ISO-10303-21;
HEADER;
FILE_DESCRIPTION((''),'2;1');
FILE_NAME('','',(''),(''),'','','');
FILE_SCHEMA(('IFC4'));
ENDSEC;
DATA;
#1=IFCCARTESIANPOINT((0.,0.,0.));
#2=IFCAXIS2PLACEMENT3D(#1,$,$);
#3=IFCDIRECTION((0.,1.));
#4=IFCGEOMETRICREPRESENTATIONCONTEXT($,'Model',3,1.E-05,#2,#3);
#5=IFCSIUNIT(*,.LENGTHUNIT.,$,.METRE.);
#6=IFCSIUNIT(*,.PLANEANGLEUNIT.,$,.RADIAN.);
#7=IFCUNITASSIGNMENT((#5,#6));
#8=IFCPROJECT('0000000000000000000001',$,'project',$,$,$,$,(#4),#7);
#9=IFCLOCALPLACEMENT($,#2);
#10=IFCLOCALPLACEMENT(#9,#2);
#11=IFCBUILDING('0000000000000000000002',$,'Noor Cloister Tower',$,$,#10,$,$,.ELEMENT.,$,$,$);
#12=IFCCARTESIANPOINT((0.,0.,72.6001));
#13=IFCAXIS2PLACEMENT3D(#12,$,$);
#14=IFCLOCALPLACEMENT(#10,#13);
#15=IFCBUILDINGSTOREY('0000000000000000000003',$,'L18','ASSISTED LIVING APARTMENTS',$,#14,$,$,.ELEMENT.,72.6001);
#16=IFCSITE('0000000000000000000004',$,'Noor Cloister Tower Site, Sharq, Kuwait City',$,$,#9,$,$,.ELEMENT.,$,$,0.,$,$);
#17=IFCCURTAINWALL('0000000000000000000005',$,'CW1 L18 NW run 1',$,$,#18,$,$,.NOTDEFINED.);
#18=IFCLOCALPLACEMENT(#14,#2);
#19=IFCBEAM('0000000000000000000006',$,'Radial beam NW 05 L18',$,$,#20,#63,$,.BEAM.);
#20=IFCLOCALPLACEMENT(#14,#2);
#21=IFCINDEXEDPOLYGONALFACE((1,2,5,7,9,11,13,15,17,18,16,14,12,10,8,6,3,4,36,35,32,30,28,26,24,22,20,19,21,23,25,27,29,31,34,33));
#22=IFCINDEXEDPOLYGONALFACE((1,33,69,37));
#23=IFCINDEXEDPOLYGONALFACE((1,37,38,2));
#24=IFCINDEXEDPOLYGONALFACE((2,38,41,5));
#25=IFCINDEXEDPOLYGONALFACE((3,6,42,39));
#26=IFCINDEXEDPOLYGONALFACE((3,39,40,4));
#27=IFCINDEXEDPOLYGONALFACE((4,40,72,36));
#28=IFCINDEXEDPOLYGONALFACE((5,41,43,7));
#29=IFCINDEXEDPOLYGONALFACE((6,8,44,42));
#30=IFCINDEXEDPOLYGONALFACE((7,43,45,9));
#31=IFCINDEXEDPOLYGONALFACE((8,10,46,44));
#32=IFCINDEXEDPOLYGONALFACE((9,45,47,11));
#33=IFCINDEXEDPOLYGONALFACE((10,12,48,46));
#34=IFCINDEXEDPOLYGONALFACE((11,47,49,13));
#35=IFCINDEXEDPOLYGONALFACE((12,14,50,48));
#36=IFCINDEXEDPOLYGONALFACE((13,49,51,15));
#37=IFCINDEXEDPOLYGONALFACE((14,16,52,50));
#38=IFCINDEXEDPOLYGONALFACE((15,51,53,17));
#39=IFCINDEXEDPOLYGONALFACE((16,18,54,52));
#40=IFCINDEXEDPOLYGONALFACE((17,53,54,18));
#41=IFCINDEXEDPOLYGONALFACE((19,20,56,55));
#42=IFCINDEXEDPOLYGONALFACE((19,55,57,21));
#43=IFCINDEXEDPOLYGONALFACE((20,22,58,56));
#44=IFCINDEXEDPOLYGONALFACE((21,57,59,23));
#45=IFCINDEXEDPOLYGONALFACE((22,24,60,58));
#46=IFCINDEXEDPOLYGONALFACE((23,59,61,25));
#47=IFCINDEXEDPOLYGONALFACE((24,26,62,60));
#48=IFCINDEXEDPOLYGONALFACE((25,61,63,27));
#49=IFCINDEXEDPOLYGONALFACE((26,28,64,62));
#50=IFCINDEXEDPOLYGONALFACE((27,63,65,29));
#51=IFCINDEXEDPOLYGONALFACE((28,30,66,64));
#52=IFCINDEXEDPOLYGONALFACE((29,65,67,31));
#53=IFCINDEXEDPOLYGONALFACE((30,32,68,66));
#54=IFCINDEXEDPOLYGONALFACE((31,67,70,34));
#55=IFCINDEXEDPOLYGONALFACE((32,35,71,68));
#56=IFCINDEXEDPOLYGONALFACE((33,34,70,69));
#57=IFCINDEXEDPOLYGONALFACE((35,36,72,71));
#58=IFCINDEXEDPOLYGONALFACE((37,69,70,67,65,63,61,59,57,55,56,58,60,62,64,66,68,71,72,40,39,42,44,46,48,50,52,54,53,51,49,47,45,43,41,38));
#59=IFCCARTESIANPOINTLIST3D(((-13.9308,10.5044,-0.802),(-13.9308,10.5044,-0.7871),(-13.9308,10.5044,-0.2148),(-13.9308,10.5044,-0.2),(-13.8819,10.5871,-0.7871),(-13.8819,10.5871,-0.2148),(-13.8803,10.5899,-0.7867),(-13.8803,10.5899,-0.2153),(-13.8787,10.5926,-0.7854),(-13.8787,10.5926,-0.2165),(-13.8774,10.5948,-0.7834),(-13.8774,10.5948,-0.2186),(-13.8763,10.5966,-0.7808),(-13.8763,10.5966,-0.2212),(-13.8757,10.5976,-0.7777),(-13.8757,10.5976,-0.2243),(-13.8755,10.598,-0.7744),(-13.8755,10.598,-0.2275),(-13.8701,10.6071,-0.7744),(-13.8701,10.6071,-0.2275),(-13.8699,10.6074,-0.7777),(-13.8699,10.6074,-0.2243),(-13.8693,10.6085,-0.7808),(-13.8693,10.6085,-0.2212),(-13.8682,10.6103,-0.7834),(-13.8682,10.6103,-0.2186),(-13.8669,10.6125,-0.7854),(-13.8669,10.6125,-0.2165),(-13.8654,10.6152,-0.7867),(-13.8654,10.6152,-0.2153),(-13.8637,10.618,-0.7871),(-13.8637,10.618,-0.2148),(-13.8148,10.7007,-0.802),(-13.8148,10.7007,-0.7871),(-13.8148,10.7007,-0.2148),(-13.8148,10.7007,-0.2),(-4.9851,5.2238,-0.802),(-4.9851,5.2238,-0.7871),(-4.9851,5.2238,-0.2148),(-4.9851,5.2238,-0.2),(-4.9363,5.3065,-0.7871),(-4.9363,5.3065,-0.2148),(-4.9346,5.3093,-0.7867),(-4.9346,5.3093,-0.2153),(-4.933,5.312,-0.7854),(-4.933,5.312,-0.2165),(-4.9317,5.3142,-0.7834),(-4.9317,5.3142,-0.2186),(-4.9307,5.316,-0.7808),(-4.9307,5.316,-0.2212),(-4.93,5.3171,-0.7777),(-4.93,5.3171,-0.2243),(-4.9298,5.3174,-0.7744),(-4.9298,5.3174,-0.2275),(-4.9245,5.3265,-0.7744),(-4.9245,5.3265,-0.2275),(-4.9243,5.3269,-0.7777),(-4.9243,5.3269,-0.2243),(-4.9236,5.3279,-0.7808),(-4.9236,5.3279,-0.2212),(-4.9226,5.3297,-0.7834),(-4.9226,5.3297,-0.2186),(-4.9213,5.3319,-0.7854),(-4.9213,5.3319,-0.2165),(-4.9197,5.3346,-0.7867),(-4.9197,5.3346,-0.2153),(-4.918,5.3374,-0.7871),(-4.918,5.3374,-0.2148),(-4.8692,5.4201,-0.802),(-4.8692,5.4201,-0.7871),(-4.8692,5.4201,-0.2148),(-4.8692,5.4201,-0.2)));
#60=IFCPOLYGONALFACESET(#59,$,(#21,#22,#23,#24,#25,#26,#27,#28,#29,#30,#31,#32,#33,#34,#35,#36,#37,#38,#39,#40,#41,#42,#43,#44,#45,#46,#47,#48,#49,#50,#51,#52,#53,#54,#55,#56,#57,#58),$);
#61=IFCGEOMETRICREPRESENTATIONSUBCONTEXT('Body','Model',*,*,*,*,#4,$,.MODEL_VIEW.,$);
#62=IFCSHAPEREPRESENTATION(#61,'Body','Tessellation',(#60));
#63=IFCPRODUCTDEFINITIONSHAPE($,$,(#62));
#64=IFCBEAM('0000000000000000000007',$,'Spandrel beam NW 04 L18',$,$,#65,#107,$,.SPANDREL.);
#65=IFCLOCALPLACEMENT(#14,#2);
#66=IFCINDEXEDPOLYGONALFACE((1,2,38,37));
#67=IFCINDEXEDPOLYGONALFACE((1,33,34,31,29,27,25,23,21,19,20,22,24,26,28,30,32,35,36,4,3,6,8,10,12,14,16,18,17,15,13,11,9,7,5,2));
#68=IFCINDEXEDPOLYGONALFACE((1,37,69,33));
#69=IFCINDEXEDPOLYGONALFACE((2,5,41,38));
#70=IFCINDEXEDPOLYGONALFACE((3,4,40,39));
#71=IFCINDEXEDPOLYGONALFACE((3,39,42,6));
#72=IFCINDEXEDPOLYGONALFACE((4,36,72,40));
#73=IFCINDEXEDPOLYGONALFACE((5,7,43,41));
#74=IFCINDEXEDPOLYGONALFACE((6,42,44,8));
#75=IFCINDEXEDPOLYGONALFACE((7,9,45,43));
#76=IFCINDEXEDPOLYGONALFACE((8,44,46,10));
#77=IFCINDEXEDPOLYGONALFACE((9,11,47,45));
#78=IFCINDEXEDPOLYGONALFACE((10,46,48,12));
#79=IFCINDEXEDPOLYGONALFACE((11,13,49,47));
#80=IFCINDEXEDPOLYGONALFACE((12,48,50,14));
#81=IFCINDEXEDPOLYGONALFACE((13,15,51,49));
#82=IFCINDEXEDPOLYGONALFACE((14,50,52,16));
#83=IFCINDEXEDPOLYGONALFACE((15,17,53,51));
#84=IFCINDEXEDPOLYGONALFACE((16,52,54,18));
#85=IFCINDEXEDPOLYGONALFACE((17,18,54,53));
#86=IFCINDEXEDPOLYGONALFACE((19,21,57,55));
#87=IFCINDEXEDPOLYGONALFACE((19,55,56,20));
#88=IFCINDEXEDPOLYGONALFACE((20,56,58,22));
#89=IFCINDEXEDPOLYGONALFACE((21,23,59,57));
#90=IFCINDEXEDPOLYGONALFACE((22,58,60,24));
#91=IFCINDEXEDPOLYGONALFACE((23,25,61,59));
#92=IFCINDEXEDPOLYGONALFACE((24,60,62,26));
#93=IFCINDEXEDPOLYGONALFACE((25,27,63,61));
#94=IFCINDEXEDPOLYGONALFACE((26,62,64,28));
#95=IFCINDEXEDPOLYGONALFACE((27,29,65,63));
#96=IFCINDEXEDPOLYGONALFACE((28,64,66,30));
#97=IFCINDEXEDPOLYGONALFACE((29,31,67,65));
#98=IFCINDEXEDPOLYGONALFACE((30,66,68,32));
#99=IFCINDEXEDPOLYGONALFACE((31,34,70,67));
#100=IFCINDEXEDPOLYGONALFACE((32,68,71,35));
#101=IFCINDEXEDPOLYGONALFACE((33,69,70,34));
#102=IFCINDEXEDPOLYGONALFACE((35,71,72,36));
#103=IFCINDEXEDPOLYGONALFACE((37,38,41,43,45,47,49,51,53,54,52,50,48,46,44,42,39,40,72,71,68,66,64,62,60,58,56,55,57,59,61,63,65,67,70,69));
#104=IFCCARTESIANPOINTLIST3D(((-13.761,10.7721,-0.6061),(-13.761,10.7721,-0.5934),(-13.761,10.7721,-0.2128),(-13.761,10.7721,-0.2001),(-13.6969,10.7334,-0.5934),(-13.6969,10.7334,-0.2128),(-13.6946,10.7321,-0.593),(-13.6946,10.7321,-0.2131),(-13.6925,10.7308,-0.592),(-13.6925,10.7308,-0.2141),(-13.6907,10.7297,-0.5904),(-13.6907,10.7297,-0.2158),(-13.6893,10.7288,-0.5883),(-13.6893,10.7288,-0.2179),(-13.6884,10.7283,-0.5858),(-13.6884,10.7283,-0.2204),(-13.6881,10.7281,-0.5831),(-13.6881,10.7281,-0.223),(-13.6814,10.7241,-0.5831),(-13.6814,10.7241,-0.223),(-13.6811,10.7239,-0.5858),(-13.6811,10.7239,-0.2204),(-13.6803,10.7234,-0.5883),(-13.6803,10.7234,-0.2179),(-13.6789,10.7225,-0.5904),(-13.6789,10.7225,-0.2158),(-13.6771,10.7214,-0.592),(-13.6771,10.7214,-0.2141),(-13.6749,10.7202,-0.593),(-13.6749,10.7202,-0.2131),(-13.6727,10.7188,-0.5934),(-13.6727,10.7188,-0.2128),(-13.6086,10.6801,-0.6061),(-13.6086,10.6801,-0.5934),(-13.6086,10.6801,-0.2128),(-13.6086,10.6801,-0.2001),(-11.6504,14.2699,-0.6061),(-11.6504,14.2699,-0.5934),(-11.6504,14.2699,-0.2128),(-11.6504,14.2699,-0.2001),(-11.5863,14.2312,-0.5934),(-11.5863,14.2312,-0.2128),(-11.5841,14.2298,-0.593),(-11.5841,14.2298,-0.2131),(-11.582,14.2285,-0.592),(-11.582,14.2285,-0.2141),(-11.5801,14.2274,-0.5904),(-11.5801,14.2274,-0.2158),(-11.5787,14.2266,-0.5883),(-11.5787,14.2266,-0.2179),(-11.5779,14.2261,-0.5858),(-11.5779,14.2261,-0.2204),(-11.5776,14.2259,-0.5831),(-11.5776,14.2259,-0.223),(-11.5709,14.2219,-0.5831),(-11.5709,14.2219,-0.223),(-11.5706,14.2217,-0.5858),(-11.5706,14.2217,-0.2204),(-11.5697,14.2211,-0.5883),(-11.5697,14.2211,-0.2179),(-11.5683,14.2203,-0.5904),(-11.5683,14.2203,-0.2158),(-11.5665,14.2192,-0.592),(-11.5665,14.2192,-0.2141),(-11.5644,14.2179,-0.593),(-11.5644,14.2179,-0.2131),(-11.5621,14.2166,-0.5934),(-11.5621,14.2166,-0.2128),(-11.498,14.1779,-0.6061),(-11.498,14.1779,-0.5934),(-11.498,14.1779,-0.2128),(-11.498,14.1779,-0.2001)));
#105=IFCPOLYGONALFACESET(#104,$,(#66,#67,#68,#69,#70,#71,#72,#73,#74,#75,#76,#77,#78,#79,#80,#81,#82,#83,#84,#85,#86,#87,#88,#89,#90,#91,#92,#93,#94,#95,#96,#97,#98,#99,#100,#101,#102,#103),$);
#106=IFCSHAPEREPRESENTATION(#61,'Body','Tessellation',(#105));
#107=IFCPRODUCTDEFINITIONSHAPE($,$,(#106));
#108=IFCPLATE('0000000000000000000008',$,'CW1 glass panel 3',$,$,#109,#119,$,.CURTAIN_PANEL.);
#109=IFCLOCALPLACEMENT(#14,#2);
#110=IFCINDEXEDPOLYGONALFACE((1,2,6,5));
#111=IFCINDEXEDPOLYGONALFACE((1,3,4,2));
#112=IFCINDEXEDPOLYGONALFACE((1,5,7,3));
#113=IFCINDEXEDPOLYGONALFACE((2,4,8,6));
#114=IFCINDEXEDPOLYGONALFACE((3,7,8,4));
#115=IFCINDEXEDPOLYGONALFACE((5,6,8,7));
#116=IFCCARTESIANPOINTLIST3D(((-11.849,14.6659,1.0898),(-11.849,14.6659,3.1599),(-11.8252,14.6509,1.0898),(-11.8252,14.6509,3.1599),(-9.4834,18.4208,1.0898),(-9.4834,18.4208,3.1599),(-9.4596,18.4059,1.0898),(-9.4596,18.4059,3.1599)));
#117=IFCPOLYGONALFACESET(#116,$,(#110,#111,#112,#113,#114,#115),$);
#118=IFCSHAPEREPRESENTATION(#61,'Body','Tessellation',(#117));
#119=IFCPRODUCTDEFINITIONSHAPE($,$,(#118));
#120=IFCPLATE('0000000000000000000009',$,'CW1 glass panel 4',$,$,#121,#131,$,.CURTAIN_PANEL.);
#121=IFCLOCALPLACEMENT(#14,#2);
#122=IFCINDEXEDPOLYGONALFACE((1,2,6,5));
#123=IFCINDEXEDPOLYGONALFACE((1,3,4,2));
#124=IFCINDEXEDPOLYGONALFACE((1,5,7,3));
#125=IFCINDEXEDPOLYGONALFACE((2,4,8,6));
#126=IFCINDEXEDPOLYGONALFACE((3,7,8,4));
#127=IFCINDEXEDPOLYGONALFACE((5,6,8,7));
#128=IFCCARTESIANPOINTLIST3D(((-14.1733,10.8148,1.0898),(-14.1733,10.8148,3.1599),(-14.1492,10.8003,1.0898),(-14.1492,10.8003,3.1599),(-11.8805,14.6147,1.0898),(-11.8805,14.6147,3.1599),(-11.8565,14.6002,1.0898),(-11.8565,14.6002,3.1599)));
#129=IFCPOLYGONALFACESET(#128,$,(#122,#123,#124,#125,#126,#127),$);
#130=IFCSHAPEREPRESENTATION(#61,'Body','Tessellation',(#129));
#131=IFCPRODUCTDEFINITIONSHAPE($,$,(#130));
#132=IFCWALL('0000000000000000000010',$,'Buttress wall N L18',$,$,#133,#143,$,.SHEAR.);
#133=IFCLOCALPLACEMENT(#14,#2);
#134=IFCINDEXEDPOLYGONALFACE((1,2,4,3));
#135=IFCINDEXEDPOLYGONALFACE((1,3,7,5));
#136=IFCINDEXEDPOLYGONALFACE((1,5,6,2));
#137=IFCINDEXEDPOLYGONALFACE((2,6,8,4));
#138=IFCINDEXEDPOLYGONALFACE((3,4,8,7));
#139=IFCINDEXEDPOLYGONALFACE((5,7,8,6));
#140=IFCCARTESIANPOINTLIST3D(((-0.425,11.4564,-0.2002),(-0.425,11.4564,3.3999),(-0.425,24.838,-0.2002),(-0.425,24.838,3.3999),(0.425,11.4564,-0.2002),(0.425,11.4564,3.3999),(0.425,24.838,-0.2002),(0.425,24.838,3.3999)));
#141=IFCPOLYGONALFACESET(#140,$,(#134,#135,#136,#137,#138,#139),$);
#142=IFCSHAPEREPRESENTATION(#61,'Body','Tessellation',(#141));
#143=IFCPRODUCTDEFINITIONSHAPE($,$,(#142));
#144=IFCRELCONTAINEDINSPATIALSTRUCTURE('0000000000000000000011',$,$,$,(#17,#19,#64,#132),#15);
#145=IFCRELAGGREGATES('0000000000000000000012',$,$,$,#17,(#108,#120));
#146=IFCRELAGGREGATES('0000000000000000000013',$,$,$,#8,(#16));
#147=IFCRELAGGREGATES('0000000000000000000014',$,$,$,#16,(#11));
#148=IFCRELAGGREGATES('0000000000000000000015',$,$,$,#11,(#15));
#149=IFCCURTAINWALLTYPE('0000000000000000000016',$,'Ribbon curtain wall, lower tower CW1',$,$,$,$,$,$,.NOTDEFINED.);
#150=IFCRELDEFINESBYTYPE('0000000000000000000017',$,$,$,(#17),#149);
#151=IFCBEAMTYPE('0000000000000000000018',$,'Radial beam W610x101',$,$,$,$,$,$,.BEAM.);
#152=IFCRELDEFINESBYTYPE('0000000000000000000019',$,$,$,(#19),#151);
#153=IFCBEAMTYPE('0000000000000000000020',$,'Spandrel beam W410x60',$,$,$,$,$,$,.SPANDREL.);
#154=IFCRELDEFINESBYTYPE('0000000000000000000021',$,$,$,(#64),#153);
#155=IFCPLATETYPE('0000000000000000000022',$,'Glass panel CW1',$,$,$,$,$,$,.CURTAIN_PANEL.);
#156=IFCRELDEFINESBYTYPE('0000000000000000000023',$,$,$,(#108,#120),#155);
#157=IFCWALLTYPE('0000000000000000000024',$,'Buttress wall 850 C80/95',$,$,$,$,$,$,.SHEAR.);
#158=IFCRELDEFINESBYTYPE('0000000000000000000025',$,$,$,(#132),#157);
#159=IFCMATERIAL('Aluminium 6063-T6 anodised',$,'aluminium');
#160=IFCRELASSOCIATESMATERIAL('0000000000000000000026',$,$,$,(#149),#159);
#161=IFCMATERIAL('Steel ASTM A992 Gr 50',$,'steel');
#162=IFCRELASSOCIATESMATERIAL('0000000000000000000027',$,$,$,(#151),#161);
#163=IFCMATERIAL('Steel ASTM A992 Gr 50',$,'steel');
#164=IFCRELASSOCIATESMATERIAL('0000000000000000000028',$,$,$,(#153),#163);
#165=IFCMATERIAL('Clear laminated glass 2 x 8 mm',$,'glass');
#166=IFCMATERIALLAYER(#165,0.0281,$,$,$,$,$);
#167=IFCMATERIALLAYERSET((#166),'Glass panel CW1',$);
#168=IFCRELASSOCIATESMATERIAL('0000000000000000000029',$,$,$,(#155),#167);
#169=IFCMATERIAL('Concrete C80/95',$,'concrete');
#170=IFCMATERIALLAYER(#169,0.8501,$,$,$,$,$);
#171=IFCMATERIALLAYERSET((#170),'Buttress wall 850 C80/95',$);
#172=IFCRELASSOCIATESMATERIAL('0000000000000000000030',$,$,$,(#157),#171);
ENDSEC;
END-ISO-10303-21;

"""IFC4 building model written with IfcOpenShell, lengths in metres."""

from ifc_helpers import new_model, si_unit, direction, frame, frame_2d, origin, origin_2d, place, context, subcontext, project, spatial, rectangle, i_section, extrude, material, layer, layer_set, material_profile, profile_set, type_object, element, aggregate, save


model = new_model("IFC4")

# Units and contexts
model_context = context("Model", 3, precision=1e-05, world=origin(), true_north=direction((0.0, 1.0)))
body_context = subcontext(model_context, "Body", "Model", "MODEL_VIEW")
ifc_project = project(units=[si_unit("LENGTHUNIT", "METRE"), si_unit("PLANEANGLEUNIT", "RADIAN")], contexts=[model_context])

# Site, building, storey
site_placement = place(None, origin())
site = spatial("IfcSite", under=ifc_project, at=site_placement, Name="Noor Cloister Tower Site, Sharq, Kuwait City", CompositionType="ELEMENT", RefElevation=0.0)
building_placement = place(site_placement, origin())
building = spatial("IfcBuilding", under=site, at=building_placement, Name="Noor Cloister Tower", CompositionType="ELEMENT")
storey_placement = place(building_placement, frame((0.0, 0.0, 72.6001)))
storey = spatial("IfcBuildingStorey", under=building, at=storey_placement, Name="L18", Description="ASSISTED LIVING APARTMENTS", CompositionType="ELEMENT", Elevation=72.6001)

# Curtain wall
ifc_material_1 = material(Name="Aluminium 6063-T6 anodised", Category="aluminium")
curtain_wall_type = type_object("IfcCurtainWallType", Name="Ribbon curtain wall, lower tower CW1", PredefinedType="NOTDEFINED", material=ifc_material_1)
curtain_wall_placement = place(storey_placement, origin())
curtain_wall = element("IfcCurtainWall", 1, at=curtain_wall_placement, inside=storey, type_object=curtain_wall_type, Name="CW1 L18 NW run 1", PredefinedType="NOTDEFINED")

# Beams
ifc_material_2 = material(Name="Steel ASTM A992 Gr 50", Category="steel")
ifc_material_profile_1 = material_profile(ifc_material_2, i_section(OverallWidth=0.228, OverallDepth=0.6021, WebThickness=0.0105, FlangeThickness=0.0149, FilletRadius=0.0127, at=origin_2d()), Name="W610x101")
ifc_profile_set_1 = profile_set([ifc_material_profile_1], Name="Steel ASTM A992 Gr 50")
beam_type_1 = type_object("IfcBeamType", Name="Radial beam W610x101", PredefinedType="BEAM", material=ifc_profile_set_1)
beam_1_placement = place(storey_placement, frame((-13.8728, 10.6025, -0.501), z_axis=(0.861158, -0.508337, 0.0), x_axis=(0.508337, 0.861158, 0.0)))
element("IfcBeam", 2, at=beam_1_placement, inside=storey, type_object=beam_type_1, Name="Radial beam NW 05 L18", PredefinedType="BEAM", context=body_context, shape_type="SweptSolid", body=[
    extrude(i_section(OverallWidth=0.228, OverallDepth=0.6021, WebThickness=0.0105, FlangeThickness=0.0149, FilletRadius=0.0127, at=origin_2d()), origin(), (0.0, 0.0, 1.0), 10.3879),
])
ifc_material_3 = material(Name="Steel ASTM A992 Gr 50", Category="steel")
ifc_material_profile_2 = material_profile(ifc_material_3, i_section(OverallWidth=0.178, OverallDepth=0.406, WebThickness=0.0078, FlangeThickness=0.0127, FilletRadius=0.0103, at=origin_2d()), Name="W410x60")
ifc_profile_set_2 = profile_set([ifc_material_profile_2], Name="Steel ASTM A992 Gr 50")
beam_type_2 = type_object("IfcBeamType", Name="Spandrel beam W410x60", PredefinedType="SPANDREL", material=ifc_profile_set_2)
beam_2_placement = place(storey_placement, frame((-11.5742, 14.2239, -0.4031), z_axis=(-0.516639, -0.856204, 0.0), x_axis=(0.856204, -0.516639, 0.0)))
element("IfcBeam", 3, at=beam_2_placement, inside=storey, type_object=beam_type_2, Name="Spandrel beam NW 04 L18", PredefinedType="SPANDREL", context=body_context, shape_type="SweptSolid", body=[
    extrude(i_section(OverallWidth=0.178, OverallDepth=0.406, WebThickness=0.0078, FlangeThickness=0.0127, FilletRadius=0.0103, at=origin_2d()), origin(), (0.0, 0.0, 1.0), 4.0852),
])

# Plates
ifc_material_4 = material(Name="Clear laminated glass 2 x 8 mm", Category="glass")
ifc_layer_1 = layer(ifc_material_4, 0.0281)
ifc_layer_set_1 = layer_set([ifc_layer_1], Name="Glass panel CW1")
plate_type = type_object("IfcPlateType", Name="Glass panel CW1", PredefinedType="CURTAIN_PANEL", material=ifc_layer_set_1)
plate_1_placement = place(storey_placement, frame((-10.6543, 16.5359, 1.0898), z_axis=(0.0, 0.0, 1.0), x_axis=(-0.533035, -0.846093, 0.0)))
plate_1 = element("IfcPlate", 4, at=plate_1_placement, type_object=plate_type, Name="CW1 glass panel 3", PredefinedType="CURTAIN_PANEL", context=body_context, shape_type="SweptSolid", body=[
    extrude(rectangle(XDim=4.438, YDim=0.0281, at=origin_2d()), origin(), (0.0, 0.0, 1.0), 2.0701),
])
plate_2_placement = place(storey_placement, frame((-13.0149, 12.7075, 1.0898), z_axis=(0.0, 0.0, 1.0), x_axis=(-0.516614, -0.856219, 0.0)))
plate_2 = element("IfcPlate", 5, at=plate_2_placement, type_object=plate_type, Name="CW1 glass panel 4", PredefinedType="CURTAIN_PANEL", context=body_context, shape_type="SweptSolid", body=[
    extrude(rectangle(XDim=4.438, YDim=0.0281, at=origin_2d()), origin(), (0.0, 0.0, 1.0), 2.0701),
])
aggregate(curtain_wall, [plate_1, plate_2])

# Wall
ifc_material_5 = material(Name="Concrete C80/95", Category="concrete")
ifc_layer_2 = layer(ifc_material_5, 0.8501)
ifc_layer_set_2 = layer_set([ifc_layer_2], Name="Buttress wall 850 C80/95")
wall_type_1 = type_object("IfcWallType", Name="Buttress wall 850 C80/95", PredefinedType="SHEAR", material=ifc_layer_set_2)
wall_1_placement = place(storey_placement, frame((0.0, 11.4563, -0.2002), z_axis=(0.0, 0.0, 1.0), x_axis=(0.0, 1.0, 0.0)))
element("IfcWall", 6, at=wall_1_placement, inside=storey, type_object=wall_type_1, Name="Buttress wall N L18", PredefinedType="SHEAR", context=body_context, shape_type="SweptSolid", body=[
    extrude(rectangle(XDim=13.3816, YDim=0.8501, at=frame_2d((6.6909, 0.0))), origin(), (0.0, 0.0, 1.0), 3.6001),
])

save(model, "model.ifc")
